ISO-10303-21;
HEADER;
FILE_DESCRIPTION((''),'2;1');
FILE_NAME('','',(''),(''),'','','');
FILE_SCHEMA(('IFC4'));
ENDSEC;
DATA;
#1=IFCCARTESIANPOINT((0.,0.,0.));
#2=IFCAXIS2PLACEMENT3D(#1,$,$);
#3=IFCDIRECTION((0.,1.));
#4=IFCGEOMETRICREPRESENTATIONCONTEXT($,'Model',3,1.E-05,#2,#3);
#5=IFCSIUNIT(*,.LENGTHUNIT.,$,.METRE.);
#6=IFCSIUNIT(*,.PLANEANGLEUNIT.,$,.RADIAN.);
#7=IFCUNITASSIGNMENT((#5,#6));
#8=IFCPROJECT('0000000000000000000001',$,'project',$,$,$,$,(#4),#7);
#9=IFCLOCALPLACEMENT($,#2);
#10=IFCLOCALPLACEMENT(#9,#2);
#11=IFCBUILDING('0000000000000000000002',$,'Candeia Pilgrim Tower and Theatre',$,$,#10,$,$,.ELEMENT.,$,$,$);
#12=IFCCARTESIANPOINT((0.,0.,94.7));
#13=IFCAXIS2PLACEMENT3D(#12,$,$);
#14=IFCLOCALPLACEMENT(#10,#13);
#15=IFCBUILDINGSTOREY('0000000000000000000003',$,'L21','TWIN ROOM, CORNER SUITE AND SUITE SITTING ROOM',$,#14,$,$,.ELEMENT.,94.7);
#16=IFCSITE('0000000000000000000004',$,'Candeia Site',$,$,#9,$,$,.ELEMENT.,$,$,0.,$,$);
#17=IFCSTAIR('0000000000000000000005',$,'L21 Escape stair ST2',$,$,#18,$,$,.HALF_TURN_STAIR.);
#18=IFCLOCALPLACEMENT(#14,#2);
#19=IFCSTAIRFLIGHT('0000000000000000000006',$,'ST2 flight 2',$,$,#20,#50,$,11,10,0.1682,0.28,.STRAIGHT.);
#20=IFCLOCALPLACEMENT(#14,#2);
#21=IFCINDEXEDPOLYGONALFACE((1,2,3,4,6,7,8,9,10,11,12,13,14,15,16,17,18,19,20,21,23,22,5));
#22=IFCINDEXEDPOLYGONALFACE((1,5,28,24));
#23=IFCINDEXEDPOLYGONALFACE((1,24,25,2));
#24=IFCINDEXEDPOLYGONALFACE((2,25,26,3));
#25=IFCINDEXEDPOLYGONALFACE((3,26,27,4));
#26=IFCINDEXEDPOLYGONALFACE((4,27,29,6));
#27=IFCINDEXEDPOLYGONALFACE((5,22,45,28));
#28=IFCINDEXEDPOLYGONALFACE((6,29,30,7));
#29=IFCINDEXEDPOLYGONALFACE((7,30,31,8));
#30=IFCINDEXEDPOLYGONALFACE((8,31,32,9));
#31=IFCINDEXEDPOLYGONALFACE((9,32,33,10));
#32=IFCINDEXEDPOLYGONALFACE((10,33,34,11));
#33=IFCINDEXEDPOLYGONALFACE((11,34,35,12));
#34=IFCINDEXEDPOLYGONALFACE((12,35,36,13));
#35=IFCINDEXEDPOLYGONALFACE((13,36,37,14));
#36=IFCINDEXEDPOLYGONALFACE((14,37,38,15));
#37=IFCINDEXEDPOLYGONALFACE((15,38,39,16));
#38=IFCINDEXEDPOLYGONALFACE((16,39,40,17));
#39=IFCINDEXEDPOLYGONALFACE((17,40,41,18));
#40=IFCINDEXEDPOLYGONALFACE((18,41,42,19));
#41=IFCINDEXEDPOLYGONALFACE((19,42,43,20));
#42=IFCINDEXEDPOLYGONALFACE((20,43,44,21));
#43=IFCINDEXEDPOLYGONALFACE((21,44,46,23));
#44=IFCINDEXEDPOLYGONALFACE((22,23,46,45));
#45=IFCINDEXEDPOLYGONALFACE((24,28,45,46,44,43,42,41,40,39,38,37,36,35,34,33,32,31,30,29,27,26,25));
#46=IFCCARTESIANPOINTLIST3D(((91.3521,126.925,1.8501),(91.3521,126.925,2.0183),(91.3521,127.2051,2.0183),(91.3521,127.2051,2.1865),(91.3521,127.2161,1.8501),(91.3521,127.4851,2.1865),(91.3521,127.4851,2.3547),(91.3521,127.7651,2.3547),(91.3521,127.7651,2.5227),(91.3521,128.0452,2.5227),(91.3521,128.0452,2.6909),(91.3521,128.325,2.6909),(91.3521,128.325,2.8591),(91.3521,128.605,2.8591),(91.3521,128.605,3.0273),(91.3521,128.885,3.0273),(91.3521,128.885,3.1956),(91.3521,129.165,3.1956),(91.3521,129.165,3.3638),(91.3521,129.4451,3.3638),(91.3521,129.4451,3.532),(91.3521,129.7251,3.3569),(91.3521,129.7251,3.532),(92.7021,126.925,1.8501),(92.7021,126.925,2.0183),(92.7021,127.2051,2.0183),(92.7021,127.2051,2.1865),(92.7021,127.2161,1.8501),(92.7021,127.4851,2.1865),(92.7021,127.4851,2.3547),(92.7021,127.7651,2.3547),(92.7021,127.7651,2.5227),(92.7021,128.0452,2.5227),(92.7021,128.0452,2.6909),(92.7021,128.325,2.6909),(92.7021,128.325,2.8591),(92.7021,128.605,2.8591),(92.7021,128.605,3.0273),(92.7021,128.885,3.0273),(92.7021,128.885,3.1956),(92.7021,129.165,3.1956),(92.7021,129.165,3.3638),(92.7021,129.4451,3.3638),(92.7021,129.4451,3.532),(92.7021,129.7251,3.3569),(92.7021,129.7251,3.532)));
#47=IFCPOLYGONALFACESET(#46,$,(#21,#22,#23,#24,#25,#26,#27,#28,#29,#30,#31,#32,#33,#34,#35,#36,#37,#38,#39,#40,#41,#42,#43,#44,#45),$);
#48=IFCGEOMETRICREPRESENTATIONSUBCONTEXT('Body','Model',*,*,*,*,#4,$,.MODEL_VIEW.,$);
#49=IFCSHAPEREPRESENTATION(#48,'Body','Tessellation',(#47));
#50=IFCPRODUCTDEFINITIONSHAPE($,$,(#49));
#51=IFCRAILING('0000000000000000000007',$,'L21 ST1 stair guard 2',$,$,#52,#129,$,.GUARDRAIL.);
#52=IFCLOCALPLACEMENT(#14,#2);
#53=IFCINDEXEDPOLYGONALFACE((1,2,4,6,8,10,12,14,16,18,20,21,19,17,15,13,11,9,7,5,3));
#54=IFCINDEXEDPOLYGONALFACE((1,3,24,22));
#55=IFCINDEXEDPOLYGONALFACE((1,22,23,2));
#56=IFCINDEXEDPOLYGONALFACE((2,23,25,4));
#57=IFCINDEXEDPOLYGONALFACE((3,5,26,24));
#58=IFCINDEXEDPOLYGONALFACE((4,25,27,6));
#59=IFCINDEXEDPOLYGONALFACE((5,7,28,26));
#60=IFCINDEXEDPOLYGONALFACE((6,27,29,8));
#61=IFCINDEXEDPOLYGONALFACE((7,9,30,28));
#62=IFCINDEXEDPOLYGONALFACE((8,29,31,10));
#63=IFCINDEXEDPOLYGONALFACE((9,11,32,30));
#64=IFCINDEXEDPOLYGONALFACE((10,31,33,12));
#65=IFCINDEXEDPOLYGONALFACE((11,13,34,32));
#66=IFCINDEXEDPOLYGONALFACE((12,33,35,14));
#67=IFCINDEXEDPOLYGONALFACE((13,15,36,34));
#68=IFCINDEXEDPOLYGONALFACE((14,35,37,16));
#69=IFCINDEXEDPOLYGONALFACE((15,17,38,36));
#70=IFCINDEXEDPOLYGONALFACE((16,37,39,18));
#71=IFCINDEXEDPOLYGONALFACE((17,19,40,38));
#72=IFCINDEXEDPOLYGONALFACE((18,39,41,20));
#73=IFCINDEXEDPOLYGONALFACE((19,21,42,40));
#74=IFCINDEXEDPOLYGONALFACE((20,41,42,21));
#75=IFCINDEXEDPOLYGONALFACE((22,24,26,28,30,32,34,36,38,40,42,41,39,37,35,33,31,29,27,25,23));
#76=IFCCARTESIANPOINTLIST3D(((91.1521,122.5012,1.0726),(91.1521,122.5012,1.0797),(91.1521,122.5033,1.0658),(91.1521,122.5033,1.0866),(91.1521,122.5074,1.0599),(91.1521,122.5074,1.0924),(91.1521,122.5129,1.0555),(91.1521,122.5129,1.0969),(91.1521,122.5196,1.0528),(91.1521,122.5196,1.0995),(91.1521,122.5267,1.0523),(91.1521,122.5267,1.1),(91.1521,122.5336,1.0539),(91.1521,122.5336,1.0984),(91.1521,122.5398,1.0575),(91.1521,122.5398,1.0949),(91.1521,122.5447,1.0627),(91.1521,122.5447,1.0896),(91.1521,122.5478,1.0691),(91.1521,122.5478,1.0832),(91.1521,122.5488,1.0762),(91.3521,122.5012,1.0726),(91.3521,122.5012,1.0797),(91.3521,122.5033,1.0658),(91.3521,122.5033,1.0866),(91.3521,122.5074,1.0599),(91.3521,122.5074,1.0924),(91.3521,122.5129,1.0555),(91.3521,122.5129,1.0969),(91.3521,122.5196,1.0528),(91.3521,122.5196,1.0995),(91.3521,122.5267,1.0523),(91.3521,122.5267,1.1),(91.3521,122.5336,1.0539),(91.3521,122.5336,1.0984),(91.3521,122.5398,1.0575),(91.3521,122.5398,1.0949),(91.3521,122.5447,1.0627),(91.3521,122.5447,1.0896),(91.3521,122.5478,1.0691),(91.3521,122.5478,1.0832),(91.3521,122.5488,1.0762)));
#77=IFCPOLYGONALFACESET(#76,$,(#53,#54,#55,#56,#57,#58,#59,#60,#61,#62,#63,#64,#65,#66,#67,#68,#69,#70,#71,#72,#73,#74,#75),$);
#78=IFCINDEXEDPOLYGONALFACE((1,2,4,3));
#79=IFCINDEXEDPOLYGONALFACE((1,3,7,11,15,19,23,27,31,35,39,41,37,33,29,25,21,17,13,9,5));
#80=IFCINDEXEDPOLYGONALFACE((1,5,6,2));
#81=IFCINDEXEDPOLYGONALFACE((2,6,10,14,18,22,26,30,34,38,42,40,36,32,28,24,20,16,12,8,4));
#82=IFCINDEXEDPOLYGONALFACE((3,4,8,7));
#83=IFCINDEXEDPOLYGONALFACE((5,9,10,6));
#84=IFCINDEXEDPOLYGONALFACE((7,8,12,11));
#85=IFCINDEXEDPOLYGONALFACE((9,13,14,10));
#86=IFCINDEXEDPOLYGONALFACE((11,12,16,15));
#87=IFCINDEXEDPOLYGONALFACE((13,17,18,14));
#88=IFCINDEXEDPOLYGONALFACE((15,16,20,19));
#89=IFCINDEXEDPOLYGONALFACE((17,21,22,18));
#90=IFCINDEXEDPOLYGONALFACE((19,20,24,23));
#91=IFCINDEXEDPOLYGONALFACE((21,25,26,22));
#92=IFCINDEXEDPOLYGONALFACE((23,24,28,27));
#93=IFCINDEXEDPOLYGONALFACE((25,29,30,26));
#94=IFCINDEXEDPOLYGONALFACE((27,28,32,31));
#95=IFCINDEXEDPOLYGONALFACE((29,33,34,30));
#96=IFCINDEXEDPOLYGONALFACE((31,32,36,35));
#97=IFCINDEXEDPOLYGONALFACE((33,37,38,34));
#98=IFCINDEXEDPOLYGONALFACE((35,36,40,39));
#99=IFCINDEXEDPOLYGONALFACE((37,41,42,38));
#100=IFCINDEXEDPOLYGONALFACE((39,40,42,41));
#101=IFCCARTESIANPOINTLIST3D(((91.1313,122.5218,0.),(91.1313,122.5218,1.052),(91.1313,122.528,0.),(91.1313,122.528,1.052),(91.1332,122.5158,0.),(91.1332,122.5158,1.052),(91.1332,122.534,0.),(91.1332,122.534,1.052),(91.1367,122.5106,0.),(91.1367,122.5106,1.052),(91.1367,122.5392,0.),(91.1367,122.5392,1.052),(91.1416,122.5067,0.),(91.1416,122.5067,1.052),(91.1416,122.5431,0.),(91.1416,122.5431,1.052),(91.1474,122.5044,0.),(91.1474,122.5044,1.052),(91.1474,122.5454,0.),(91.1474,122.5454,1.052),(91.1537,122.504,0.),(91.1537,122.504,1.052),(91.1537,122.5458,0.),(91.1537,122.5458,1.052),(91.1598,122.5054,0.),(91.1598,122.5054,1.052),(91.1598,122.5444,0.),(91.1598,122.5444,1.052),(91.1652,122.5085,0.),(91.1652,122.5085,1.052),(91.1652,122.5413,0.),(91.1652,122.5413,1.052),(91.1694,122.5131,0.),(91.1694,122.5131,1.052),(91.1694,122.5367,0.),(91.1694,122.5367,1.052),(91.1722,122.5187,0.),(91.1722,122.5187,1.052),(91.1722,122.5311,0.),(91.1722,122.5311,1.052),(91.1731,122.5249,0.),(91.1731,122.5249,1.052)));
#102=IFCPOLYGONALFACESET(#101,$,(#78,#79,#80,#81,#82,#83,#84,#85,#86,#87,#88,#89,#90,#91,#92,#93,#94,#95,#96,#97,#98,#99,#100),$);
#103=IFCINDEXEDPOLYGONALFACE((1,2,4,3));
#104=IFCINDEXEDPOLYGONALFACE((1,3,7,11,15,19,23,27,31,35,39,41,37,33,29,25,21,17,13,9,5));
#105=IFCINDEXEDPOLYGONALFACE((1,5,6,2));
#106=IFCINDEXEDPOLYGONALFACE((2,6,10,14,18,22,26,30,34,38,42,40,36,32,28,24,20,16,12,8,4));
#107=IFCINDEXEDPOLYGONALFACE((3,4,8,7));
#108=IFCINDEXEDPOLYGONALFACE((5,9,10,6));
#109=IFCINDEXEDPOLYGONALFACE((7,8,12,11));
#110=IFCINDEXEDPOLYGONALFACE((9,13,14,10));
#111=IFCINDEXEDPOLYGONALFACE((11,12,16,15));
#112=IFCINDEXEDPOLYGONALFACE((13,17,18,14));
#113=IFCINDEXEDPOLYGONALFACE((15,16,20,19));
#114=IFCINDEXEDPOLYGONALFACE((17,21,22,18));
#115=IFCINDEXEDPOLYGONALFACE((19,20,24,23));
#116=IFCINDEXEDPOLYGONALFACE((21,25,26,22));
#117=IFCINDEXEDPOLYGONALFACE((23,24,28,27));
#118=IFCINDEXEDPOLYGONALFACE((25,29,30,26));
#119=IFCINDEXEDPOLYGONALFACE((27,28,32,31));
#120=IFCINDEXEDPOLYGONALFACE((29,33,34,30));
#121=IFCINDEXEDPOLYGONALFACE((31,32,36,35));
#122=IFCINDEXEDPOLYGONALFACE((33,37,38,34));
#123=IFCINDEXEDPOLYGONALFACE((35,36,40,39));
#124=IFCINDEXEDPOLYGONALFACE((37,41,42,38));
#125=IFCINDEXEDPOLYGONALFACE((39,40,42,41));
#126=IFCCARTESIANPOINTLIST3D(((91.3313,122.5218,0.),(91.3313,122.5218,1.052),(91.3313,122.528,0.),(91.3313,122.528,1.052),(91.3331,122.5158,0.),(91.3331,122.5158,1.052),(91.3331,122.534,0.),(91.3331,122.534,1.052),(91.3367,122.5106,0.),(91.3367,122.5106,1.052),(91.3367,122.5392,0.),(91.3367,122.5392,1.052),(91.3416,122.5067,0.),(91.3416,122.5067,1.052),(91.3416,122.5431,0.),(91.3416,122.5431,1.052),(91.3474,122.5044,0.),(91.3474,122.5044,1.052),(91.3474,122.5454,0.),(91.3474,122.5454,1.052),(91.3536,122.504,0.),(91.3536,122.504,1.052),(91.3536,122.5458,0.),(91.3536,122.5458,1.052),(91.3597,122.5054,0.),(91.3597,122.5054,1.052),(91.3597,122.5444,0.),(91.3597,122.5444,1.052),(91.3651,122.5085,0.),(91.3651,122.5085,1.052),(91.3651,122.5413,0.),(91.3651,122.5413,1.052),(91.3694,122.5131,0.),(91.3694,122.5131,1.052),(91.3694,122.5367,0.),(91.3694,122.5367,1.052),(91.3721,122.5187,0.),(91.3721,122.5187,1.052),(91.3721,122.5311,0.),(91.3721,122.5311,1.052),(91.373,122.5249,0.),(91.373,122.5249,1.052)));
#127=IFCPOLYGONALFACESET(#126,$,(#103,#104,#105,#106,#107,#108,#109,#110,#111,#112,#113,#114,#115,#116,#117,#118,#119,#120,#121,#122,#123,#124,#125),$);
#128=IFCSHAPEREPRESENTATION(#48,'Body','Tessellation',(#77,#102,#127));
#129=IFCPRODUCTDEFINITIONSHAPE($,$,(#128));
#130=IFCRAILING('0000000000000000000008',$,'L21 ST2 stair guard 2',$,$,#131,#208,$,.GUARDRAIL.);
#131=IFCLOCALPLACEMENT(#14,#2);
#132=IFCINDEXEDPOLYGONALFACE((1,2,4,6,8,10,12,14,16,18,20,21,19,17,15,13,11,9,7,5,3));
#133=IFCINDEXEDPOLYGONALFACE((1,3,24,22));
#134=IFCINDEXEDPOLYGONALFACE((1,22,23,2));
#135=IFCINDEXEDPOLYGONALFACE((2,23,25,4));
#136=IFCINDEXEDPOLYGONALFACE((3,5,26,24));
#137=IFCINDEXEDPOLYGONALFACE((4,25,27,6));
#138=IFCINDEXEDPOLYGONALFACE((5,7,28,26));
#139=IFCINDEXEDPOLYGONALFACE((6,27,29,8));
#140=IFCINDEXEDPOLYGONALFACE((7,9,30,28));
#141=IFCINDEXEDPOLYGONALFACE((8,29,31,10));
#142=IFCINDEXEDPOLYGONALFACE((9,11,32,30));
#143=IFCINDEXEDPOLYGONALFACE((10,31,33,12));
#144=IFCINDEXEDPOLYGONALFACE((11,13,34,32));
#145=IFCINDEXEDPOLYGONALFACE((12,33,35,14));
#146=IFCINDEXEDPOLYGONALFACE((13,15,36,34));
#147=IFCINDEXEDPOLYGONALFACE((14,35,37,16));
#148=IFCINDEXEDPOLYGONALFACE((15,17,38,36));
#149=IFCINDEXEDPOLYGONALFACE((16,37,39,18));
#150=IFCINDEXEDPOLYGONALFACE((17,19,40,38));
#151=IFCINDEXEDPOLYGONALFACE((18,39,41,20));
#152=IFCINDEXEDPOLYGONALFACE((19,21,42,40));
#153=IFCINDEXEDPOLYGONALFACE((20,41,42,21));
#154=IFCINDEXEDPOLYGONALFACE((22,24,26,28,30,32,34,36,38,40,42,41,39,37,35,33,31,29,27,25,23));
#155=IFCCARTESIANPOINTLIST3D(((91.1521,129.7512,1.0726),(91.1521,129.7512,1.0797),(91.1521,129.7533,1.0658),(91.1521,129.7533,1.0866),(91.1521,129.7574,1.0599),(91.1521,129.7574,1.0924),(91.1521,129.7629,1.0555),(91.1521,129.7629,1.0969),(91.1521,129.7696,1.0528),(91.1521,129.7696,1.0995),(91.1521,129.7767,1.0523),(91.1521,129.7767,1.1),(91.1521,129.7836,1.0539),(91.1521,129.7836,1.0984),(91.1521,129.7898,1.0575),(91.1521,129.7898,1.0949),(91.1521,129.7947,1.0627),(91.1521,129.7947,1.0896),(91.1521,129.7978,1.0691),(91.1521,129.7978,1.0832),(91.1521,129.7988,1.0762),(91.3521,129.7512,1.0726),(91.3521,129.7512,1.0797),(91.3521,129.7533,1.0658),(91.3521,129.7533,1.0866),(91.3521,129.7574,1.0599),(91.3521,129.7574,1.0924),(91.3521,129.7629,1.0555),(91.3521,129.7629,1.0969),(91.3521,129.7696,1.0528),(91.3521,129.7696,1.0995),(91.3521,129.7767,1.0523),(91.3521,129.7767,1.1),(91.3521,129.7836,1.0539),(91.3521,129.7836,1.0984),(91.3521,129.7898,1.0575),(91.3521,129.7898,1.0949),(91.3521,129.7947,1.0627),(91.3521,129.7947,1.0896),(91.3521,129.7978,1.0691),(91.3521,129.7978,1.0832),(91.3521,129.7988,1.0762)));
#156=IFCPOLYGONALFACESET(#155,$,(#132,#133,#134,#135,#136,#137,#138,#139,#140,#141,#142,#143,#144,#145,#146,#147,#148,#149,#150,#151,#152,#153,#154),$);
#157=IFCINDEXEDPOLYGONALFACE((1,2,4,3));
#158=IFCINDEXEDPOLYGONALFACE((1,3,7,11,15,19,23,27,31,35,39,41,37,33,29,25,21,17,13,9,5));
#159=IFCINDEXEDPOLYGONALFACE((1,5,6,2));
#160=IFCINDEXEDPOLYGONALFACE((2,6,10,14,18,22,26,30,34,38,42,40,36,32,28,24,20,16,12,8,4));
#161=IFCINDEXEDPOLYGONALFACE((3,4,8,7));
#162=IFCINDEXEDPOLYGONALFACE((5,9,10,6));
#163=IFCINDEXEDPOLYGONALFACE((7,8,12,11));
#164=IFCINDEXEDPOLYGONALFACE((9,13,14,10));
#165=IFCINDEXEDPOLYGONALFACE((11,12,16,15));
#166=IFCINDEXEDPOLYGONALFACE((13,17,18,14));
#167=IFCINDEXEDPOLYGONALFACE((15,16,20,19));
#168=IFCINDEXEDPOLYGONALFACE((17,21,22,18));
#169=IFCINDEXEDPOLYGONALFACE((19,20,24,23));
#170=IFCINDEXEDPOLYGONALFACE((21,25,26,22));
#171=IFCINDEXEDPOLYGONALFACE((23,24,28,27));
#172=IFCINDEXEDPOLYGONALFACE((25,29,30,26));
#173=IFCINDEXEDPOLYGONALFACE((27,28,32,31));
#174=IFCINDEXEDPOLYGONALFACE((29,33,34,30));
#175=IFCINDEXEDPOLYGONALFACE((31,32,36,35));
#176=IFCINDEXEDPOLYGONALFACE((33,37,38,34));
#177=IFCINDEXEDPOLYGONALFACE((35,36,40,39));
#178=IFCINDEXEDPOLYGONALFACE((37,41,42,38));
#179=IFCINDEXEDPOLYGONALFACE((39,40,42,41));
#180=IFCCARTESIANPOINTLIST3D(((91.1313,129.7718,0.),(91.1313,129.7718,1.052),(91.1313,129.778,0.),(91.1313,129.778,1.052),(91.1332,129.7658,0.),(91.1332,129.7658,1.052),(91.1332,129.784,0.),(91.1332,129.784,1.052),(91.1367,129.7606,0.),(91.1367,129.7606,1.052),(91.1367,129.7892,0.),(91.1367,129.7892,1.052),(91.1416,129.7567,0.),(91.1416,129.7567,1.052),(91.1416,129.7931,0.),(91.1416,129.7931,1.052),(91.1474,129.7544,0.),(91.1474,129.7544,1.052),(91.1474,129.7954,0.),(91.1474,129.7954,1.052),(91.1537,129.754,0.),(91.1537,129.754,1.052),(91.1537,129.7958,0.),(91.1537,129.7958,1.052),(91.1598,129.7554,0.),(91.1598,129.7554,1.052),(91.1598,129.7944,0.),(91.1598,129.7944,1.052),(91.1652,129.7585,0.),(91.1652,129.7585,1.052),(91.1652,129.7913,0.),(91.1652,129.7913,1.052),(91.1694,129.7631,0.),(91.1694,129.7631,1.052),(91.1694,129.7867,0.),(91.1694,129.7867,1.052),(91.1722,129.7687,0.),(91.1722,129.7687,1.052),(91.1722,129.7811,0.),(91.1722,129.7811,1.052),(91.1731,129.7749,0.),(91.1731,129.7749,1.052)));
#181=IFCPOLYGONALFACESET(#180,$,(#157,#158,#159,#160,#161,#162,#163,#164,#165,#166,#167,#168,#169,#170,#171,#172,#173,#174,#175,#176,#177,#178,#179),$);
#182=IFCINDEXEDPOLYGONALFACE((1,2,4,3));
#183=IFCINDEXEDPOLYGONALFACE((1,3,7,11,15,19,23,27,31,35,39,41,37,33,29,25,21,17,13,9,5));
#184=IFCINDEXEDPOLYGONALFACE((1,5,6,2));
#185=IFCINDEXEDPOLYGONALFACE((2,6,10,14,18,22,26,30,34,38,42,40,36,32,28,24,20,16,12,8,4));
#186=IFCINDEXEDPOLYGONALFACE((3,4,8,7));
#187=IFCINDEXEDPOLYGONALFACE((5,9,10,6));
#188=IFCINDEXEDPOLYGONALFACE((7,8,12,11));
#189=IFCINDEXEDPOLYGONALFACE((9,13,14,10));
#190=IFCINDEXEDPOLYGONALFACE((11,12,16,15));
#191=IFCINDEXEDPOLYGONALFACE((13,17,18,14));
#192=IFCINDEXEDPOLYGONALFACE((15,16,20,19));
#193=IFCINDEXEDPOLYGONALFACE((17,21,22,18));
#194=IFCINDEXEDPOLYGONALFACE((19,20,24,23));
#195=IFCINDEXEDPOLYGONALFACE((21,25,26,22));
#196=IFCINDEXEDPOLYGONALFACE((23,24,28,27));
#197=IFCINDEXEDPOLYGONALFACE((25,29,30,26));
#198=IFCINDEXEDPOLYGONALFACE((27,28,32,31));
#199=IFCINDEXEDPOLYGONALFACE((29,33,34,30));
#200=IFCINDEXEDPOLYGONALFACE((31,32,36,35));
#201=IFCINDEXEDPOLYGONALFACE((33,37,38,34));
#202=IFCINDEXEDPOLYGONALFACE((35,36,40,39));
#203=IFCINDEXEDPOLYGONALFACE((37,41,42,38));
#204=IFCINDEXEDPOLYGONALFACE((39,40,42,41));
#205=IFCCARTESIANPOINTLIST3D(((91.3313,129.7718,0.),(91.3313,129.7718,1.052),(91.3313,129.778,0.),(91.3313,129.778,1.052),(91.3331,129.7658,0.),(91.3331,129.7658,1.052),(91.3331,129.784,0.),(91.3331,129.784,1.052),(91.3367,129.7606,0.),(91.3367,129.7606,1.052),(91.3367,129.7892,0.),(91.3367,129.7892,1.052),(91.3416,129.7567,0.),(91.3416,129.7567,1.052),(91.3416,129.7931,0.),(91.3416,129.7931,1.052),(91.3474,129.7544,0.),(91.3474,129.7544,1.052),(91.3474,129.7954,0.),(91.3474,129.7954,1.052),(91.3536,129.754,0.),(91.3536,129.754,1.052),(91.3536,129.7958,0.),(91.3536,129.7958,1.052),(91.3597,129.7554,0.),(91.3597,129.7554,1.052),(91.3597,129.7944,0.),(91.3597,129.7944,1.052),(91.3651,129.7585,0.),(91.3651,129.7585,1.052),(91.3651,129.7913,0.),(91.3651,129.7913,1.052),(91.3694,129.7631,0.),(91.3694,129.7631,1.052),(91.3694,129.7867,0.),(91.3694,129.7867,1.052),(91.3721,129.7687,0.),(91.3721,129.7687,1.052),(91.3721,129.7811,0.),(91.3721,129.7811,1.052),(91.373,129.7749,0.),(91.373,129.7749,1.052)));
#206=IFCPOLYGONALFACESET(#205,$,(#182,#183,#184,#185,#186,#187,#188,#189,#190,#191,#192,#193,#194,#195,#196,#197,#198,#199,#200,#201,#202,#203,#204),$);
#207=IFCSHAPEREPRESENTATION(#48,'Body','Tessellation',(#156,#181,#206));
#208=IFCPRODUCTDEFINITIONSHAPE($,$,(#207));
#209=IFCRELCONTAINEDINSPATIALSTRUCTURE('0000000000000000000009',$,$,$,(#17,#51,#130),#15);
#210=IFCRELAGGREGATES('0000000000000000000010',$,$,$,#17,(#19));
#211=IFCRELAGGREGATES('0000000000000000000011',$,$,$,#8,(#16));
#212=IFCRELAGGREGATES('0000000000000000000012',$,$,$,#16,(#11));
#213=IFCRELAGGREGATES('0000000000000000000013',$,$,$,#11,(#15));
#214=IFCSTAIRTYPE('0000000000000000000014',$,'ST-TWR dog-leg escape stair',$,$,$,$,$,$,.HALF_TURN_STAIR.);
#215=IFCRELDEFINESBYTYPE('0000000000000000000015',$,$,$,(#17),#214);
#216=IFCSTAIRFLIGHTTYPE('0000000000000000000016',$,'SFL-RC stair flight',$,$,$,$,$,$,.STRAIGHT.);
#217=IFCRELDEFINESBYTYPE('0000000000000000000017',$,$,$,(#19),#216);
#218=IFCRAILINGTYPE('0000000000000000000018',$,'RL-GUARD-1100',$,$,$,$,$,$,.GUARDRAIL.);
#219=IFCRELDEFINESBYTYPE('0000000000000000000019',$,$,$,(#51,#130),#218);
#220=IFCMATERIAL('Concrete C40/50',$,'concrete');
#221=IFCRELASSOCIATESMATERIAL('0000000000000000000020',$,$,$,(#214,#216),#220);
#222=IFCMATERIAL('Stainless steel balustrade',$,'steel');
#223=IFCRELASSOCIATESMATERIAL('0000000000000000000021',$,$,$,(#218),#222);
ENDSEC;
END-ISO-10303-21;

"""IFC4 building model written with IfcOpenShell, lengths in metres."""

from ifc_helpers import new_model, si_unit, direction, frame, origin, origin_2d, place, context, subcontext, project, spatial, polyline, circle, outline, extrude, material, type_object, element, aggregate, save


model = new_model("IFC4")

# Units and contexts
model_context = context("Model", 3, precision=1e-05, world=origin(), true_north=direction((0.0, 1.0)))
body_context = subcontext(model_context, "Body", "Model", "MODEL_VIEW")
ifc_project = project(units=[si_unit("LENGTHUNIT", "METRE"), si_unit("PLANEANGLEUNIT", "RADIAN")], contexts=[model_context])

# Site, building, storey
site_placement = place(None, origin())
site = spatial("IfcSite", under=ifc_project, at=site_placement, Name="Candeia Site", CompositionType="ELEMENT", RefElevation=0.0)
building_placement = place(site_placement, origin())
building = spatial("IfcBuilding", under=site, at=building_placement, Name="Candeia Pilgrim Tower and Theatre", CompositionType="ELEMENT")
storey_placement = place(building_placement, frame((0.0, 0.0, 94.7)))
storey = spatial("IfcBuildingStorey", under=building, at=storey_placement, Name="L21", Description="TWIN ROOM, CORNER SUITE AND SUITE SITTING ROOM", CompositionType="ELEMENT", Elevation=94.7)

# Shared definitions
ifc_material_1 = material(Name="Concrete C40/50", Category="concrete")

# Stair, stair flight
stair_type = type_object("IfcStairType", Name="ST-TWR dog-leg escape stair", PredefinedType="HALF_TURN_STAIR", material=ifc_material_1)
stair_flight_type = type_object("IfcStairFlightType", Name="SFL-RC stair flight", PredefinedType="STRAIGHT", material=ifc_material_1)
stair_1_placement = place(storey_placement, origin())
stair_1 = element("IfcStair", 1, at=stair_1_placement, inside=storey, type_object=stair_type, Name="L21 Escape stair ST2", PredefinedType="HALF_TURN_STAIR")
stair_flight_1_placement = place(storey_placement, frame((92.0271, 126.925, 1.8501), z_axis=(0.0, 0.0, 1.0), x_axis=(0.0, 1.0, 0.0)))
stair_flight_1 = element("IfcStairFlight", 2, at=stair_flight_1_placement, type_object=stair_flight_type, Name="ST2 flight 2", NumberOfRisers=11, NumberOfTreads=10, PredefinedType="STRAIGHT", RiserHeight=0.1682, TreadLength=0.28, context=body_context, shape_type="SweptSolid", body=[
    extrude(outline(polyline([(0.0, 0.0), (0.0, 0.1682), (0.28, 0.1682), (0.28, 0.3364), (0.5601, 0.3364), (0.5601, 0.5046), (0.8401, 0.5046), (0.8401, 0.6726), (1.1201, 0.6726), (1.1201, 0.8408), (1.3999, 0.8408), (1.3999, 1.009), (1.6799, 1.009), (1.6799, 1.1772), (1.96, 1.1772), (1.96, 1.3455), (2.24, 1.3455), (2.24, 1.5137), (2.52, 1.5137), (2.52, 1.6819), (2.8, 1.6819), (2.8, 1.8501), (2.8, 1.5068), (0.291, 0.0), (0.0, 0.0)])), frame((0.0, 0.675, 0.0), z_axis=(0.0, -1.0, 0.0), x_axis=(1.0, 0.0, 0.0)), (0.0, 0.0, 1.0), 1.3501),
])
aggregate(stair_1, [stair_flight_1])

# Railings
ifc_material_2 = material(Name="Stainless steel balustrade", Category="steel")
railing_type_1 = type_object("IfcRailingType", Name="RL-GUARD-1100", PredefinedType="GUARDRAIL", material=ifc_material_2)
railing_1_placement = place(storey_placement, frame((91.1521, 122.5249, 0.0)))
element("IfcRailing", 3, at=railing_1_placement, inside=storey, type_object=railing_type_1, Name="L21 ST1 stair guard 2", PredefinedType="GUARDRAIL", context=body_context, shape_type="SweptSolid", body=[
    extrude(circle(Radius=0.0239, at=origin_2d()), frame((0.0, 0.0, 1.0762), z_axis=(1.0, 0.0, 0.0), x_axis=(0.0, 1.0, 0.0)), (0.0, 0.0, 1.0), 0.2),
    extrude(circle(Radius=0.021, at=origin_2d()), origin(), (0.0, 0.0, 1.0), 1.052),
    extrude(circle(Radius=0.021, at=origin_2d()), frame((0.2, 0.0, 0.0)), (0.0, 0.0, 1.0), 1.052),
])
railing_2_placement = place(storey_placement, frame((91.1521, 129.7749, 0.0)))
element("IfcRailing", 4, at=railing_2_placement, inside=storey, type_object=railing_type_1, Name="L21 ST2 stair guard 2", PredefinedType="GUARDRAIL", context=body_context, shape_type="SweptSolid", body=[
    extrude(circle(Radius=0.0239, at=origin_2d()), frame((0.0, 0.0, 1.0762), z_axis=(1.0, 0.0, 0.0), x_axis=(0.0, 1.0, 0.0)), (0.0, 0.0, 1.0), 0.2),
    extrude(circle(Radius=0.021, at=origin_2d()), origin(), (0.0, 0.0, 1.0), 1.052),
    extrude(circle(Radius=0.021, at=origin_2d()), frame((0.2, 0.0, 0.0)), (0.0, 0.0, 1.0), 1.052),
])

save(model, "model.ifc")
